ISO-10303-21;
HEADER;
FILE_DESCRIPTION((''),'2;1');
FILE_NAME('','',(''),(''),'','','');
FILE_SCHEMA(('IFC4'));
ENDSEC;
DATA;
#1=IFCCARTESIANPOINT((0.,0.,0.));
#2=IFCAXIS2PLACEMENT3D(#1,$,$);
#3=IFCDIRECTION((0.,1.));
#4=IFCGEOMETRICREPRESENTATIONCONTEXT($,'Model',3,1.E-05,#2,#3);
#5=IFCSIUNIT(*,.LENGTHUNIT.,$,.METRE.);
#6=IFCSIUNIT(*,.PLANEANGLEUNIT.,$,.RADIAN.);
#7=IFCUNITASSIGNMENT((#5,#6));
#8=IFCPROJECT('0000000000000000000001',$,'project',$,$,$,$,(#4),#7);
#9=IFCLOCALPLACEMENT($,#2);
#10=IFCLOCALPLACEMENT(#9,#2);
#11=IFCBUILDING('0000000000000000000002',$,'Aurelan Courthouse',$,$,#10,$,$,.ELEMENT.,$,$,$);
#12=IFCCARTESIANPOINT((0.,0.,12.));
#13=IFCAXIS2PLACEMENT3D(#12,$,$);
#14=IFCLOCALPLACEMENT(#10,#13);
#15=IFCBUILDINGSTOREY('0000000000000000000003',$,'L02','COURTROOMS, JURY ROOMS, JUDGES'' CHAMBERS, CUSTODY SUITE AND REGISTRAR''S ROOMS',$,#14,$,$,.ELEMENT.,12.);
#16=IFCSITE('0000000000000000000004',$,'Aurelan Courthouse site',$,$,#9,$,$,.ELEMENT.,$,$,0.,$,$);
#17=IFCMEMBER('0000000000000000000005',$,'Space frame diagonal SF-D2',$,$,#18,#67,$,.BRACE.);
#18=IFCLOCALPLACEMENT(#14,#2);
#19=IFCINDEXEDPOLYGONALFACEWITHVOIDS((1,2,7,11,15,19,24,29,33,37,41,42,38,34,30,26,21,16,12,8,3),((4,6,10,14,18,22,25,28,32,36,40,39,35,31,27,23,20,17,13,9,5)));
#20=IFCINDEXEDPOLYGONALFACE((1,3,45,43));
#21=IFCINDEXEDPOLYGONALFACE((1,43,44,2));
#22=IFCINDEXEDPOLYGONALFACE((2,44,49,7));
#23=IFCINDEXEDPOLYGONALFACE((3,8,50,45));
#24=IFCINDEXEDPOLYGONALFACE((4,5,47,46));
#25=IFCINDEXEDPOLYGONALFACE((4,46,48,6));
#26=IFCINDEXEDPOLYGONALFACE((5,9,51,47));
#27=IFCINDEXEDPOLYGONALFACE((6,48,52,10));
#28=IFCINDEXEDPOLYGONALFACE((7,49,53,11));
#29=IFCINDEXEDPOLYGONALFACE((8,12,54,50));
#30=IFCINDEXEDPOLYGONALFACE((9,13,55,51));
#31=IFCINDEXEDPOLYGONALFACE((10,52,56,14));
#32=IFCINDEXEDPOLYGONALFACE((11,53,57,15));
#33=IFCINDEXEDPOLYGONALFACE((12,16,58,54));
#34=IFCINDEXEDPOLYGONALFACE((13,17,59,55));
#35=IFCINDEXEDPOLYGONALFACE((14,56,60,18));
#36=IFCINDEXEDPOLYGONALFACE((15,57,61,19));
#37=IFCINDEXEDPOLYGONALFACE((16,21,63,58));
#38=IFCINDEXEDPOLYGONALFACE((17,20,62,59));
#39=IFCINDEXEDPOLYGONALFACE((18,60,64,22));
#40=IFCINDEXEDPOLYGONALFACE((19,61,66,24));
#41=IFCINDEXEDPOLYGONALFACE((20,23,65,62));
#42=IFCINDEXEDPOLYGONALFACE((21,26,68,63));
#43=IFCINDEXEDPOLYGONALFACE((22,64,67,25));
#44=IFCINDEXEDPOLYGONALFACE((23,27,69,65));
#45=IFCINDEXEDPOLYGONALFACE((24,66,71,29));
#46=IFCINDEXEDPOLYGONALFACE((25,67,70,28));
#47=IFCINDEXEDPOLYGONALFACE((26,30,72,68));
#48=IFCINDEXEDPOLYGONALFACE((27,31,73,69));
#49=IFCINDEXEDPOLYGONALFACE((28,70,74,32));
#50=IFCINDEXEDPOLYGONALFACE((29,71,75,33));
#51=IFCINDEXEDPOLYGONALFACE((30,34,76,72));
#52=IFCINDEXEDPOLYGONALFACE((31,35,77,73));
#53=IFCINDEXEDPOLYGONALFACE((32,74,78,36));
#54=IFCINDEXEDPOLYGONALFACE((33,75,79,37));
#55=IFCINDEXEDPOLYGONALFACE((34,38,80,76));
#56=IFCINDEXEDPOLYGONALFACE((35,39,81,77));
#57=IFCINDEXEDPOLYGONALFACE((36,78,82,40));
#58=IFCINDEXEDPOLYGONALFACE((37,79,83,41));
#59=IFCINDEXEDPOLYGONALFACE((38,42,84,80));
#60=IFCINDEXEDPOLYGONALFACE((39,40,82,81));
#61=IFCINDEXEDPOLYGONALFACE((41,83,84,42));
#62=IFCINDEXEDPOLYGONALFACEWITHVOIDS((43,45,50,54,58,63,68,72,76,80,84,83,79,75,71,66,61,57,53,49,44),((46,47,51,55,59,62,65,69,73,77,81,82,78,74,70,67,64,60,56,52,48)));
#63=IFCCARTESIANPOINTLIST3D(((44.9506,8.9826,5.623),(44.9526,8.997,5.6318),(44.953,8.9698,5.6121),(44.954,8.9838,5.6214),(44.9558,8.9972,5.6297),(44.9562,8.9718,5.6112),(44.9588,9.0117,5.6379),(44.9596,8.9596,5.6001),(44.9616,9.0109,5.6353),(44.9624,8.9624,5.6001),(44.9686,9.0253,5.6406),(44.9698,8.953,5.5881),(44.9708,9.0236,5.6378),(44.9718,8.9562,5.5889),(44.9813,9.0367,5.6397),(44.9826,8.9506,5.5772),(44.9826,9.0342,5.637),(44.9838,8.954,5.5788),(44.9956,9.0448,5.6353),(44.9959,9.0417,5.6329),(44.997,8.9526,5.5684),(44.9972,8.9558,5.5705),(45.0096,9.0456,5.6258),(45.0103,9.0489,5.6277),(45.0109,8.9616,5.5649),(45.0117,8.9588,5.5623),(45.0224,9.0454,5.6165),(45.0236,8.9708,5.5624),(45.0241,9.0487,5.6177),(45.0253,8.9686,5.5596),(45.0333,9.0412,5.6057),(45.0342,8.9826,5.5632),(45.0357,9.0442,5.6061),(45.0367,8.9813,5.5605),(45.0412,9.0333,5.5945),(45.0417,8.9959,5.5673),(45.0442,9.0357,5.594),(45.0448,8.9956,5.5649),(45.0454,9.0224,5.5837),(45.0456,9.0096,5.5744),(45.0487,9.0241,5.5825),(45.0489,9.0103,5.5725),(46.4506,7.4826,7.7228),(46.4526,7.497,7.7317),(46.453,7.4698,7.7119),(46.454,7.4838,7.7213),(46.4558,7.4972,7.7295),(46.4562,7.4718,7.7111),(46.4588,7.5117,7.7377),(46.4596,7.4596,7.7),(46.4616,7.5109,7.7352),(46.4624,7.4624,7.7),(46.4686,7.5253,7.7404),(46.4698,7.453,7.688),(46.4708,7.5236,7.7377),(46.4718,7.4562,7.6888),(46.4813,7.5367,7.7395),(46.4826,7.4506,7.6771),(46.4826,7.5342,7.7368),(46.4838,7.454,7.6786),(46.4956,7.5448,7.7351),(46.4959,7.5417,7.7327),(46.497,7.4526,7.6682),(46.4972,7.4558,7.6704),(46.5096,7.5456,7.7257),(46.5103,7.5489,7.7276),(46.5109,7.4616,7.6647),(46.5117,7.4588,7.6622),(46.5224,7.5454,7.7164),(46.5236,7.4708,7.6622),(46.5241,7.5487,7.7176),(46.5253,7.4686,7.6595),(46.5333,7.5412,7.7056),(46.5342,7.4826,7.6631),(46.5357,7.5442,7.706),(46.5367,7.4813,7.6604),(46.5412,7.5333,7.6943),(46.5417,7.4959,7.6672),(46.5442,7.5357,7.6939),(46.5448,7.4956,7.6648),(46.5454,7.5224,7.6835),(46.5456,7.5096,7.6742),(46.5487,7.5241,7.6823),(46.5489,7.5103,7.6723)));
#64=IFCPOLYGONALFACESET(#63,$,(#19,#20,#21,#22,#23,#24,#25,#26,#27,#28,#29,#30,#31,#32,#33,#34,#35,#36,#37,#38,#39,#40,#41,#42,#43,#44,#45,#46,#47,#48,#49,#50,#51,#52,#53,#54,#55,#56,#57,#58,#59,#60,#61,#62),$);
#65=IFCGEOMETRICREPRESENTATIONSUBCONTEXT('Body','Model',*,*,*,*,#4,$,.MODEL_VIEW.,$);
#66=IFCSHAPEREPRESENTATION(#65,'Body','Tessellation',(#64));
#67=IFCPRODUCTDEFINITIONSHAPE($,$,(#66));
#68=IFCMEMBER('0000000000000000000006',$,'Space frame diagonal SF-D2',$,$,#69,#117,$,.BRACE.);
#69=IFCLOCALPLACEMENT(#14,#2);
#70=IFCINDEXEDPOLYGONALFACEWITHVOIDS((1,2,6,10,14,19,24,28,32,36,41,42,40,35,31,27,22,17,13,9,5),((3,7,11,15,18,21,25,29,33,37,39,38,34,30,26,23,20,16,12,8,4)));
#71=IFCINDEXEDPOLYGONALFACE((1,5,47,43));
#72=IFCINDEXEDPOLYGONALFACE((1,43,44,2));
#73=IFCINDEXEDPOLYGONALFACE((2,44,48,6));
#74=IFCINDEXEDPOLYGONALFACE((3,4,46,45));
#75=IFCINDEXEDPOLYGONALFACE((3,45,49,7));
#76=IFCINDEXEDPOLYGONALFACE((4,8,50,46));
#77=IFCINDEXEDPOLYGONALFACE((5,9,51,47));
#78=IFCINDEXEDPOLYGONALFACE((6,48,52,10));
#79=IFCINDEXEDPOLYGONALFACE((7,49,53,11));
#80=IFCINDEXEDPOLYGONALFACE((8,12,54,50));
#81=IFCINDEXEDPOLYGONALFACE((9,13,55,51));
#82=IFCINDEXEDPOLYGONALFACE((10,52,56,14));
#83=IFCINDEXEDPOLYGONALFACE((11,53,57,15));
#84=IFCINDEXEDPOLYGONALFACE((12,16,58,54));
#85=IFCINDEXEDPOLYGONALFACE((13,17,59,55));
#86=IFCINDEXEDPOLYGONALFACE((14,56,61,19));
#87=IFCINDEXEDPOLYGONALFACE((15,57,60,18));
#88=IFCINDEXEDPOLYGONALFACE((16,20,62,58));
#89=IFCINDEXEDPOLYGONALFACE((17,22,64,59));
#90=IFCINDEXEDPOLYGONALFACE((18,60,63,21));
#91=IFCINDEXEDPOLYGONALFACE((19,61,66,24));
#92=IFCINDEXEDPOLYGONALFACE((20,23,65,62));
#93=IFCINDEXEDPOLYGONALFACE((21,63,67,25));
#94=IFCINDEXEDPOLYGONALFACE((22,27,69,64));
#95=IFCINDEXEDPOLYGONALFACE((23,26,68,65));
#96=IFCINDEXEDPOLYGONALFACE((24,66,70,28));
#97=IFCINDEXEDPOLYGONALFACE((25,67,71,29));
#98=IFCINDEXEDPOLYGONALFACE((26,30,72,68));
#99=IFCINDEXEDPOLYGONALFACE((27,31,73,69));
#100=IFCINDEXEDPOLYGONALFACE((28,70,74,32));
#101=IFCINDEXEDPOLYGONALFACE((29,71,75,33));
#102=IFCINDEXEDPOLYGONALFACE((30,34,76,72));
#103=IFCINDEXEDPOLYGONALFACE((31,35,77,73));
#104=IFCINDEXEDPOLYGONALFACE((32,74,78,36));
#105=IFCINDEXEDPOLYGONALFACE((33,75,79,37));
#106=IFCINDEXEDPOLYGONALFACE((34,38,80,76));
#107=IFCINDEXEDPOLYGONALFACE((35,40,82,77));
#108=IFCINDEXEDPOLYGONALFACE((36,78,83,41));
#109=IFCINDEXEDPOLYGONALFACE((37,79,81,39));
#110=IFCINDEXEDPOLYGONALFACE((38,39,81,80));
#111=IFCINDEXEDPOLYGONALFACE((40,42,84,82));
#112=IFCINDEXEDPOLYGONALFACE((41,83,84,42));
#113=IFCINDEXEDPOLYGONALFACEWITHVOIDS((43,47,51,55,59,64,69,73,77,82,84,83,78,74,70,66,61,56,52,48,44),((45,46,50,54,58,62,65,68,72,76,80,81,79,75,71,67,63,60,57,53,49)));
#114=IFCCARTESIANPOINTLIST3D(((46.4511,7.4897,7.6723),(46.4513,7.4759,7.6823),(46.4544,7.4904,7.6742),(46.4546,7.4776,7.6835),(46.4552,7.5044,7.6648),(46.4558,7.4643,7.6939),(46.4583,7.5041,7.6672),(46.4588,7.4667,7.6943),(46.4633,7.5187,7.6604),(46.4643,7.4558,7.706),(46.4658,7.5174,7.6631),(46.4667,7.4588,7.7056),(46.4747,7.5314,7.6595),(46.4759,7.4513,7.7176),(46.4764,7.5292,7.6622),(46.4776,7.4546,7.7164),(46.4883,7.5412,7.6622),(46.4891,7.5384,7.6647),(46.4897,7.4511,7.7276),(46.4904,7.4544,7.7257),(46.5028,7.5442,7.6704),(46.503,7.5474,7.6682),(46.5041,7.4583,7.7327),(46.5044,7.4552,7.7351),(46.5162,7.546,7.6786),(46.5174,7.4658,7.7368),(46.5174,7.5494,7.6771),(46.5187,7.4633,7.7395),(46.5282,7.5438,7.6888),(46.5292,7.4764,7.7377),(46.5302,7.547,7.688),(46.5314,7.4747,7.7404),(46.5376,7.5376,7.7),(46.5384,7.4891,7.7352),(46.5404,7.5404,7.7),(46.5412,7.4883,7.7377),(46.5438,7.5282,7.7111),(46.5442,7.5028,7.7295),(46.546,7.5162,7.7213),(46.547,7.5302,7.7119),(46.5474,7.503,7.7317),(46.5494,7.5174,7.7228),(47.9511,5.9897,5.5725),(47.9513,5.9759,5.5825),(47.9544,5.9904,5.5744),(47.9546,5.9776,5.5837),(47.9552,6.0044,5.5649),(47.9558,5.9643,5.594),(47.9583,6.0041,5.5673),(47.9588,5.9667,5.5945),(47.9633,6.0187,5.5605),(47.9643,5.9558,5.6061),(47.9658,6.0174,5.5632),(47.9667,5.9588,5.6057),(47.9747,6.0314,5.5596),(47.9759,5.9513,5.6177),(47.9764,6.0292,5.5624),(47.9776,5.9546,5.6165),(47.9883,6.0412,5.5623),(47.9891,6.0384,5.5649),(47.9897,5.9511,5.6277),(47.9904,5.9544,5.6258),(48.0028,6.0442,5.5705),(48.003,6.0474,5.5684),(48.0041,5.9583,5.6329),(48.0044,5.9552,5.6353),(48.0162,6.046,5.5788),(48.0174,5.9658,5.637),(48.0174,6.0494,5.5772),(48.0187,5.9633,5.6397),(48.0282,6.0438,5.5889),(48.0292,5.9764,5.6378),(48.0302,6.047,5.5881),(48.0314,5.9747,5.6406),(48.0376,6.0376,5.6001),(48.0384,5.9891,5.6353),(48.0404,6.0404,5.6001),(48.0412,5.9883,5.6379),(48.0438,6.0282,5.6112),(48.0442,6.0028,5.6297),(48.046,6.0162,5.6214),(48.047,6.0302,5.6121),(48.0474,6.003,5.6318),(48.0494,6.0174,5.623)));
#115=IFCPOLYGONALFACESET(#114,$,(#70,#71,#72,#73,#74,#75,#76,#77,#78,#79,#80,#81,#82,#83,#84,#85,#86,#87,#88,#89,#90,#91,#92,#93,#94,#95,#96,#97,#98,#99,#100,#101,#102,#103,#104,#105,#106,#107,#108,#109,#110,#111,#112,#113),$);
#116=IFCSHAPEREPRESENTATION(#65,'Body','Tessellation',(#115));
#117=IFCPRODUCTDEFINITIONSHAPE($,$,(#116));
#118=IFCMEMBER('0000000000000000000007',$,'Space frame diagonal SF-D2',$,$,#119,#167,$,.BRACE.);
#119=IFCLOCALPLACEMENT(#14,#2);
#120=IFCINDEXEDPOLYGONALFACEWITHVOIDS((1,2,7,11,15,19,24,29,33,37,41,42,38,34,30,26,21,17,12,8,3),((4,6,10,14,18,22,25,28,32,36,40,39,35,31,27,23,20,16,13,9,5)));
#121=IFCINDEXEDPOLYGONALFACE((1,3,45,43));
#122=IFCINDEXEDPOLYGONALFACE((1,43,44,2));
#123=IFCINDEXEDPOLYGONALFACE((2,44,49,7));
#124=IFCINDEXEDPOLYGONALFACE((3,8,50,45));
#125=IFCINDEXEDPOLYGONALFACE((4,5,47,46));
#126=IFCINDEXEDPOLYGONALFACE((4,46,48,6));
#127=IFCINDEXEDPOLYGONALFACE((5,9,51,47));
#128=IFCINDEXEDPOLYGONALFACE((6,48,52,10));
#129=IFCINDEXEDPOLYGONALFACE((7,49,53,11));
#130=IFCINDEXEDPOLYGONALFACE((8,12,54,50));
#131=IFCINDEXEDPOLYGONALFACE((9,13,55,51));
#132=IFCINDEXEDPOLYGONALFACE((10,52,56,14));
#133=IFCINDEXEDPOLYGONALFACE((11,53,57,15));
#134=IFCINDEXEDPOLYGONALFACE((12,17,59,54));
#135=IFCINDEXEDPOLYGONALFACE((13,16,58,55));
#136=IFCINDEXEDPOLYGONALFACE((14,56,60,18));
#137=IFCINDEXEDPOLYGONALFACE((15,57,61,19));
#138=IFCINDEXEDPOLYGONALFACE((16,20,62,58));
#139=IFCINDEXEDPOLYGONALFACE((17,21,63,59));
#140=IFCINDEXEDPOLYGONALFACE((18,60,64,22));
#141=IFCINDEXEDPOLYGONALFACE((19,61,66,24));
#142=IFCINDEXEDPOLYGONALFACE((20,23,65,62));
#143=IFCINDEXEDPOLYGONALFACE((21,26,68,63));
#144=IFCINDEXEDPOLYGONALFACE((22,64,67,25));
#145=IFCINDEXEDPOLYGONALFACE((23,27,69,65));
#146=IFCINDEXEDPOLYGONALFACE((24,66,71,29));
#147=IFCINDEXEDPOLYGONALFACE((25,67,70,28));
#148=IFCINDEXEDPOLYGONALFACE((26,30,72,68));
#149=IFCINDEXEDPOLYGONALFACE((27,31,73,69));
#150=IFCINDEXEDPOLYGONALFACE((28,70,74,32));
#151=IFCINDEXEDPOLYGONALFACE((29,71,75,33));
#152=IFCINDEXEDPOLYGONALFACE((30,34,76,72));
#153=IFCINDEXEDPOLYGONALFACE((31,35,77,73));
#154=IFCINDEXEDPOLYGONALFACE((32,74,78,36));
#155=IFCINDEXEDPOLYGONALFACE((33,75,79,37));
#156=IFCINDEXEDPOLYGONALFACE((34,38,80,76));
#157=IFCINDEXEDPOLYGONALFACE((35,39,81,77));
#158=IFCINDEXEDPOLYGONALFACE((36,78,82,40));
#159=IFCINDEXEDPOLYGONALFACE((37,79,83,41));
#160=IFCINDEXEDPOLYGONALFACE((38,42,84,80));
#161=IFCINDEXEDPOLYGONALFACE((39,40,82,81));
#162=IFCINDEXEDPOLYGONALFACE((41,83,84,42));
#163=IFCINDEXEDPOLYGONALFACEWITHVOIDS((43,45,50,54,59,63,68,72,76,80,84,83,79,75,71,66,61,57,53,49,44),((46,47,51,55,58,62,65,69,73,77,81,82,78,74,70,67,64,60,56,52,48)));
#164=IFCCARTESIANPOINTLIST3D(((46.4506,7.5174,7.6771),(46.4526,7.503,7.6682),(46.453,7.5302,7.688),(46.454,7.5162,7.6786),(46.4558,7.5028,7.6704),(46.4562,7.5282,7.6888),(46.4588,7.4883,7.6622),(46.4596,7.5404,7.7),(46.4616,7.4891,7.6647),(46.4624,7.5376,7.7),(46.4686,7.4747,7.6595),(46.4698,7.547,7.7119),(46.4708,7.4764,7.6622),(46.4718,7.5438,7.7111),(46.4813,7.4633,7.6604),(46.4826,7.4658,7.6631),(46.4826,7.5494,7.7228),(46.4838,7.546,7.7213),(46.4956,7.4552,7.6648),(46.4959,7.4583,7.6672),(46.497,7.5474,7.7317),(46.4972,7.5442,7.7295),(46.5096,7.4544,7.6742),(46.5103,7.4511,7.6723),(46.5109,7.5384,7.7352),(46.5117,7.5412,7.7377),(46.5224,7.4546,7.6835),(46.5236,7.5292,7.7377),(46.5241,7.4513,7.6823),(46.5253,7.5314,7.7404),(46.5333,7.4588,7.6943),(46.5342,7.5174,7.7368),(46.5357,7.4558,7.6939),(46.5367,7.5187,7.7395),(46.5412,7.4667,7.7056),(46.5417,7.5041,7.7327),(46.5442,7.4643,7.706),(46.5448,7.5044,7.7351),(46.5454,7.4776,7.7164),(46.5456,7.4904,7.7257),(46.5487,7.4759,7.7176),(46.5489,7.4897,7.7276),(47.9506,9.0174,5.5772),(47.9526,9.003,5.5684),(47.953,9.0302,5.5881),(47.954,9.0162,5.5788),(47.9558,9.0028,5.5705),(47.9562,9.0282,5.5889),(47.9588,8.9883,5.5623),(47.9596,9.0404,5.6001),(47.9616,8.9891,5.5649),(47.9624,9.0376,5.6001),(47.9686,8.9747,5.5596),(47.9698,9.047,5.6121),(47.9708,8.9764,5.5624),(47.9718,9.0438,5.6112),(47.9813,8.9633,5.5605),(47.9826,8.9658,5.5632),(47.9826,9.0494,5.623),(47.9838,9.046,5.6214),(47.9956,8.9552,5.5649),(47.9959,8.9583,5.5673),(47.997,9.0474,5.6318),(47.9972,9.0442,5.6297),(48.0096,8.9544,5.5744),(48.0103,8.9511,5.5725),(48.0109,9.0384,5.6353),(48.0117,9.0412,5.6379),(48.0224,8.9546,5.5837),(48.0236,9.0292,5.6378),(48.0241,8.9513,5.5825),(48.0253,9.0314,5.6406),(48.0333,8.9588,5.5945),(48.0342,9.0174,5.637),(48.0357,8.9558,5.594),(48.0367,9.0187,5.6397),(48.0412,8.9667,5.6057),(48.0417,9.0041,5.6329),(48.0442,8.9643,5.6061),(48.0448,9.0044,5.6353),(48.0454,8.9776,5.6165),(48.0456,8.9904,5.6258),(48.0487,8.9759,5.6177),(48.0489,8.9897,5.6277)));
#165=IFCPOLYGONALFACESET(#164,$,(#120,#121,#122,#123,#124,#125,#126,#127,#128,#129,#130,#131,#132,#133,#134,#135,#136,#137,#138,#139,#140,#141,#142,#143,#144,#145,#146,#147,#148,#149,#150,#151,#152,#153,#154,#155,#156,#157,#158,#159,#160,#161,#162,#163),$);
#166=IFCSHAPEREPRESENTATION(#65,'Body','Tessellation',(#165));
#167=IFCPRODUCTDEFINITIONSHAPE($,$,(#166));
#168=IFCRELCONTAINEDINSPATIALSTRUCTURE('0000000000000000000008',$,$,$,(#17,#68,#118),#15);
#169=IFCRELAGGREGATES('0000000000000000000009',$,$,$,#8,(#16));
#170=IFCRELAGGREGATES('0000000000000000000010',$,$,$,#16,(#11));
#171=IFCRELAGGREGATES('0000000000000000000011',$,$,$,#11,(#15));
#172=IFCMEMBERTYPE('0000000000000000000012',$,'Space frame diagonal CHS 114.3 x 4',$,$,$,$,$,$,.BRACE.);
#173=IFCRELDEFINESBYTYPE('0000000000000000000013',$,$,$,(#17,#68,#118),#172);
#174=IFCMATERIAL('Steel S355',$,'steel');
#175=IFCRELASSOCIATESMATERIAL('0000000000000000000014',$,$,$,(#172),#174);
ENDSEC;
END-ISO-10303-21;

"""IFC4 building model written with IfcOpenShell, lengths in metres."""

from ifc_helpers import new_model, si_unit, direction, frame, origin, origin_2d, place, context, subcontext, project, spatial, hollow_circle, extrude, material, material_profile, profile_set, type_object, element, save


model = new_model("IFC4")

# Units and contexts
model_context = context("Model", 3, precision=1e-05, world=origin(), true_north=direction((0.0, 1.0)))
body_context = subcontext(model_context, "Body", "Model", "MODEL_VIEW")
ifc_project = project(units=[si_unit("LENGTHUNIT", "METRE"), si_unit("PLANEANGLEUNIT", "RADIAN")], contexts=[model_context])

# Site, building, storey
site_placement = place(None, origin())
site = spatial("IfcSite", under=ifc_project, at=site_placement, Name="Aurelan Courthouse site", CompositionType="ELEMENT", RefElevation=0.0)
building_placement = place(site_placement, origin())
building = spatial("IfcBuilding", under=site, at=building_placement, Name="Aurelan Courthouse", CompositionType="ELEMENT")
storey_placement = place(building_placement, frame((0.0, 0.0, 12.0)))
storey = spatial("IfcBuildingStorey", under=building, at=storey_placement, Name="L02", Description="COURTROOMS, JURY ROOMS, JUDGES' CHAMBERS, CUSTODY SUITE AND REGISTRAR'S ROOMS", CompositionType="ELEMENT", Elevation=12.0)

# Members
ifc_material_1 = material(Name="Steel S355", Category="steel")
ifc_material_profile_1 = material_profile(ifc_material_1, hollow_circle(Radius=0.0571, WallThickness=0.0039, at=origin_2d()), Name="CHS 114.3 x 4")
ifc_profile_set_1 = profile_set([ifc_material_profile_1], Name="Steel S355")
member_type_1 = type_object("IfcMemberType", Name="Space frame diagonal CHS 114.3 x 4", PredefinedType="BRACE", material=ifc_profile_set_1)
for number, where, z_axis, x_axis, name in (
    (1, (46.5, 7.5, 7.7), (-0.502536, 0.502536, -0.703502), (-0.707107, -0.707107, 0.0), "Space frame diagonal SF-D2"),
    (2, (46.5, 7.5, 7.7), (0.502536, -0.502536, -0.703502), (0.707107, 0.707107, 0.0), "Space frame diagonal SF-D2"),
    (3, (46.5, 7.5, 7.7), (0.502536, 0.502536, -0.703502), (-0.707107, 0.707107, 0.0), "Space frame diagonal SF-D2"),
):
    element("IfcMember", number, at=place(storey_placement, frame(where, z_axis=z_axis, x_axis=x_axis)), inside=storey, type_object=member_type_1, Name=name, PredefinedType="BRACE", context=body_context, shape_type="SweptSolid", body=[
        extrude(hollow_circle(Radius=0.0571, WallThickness=0.0039, at=origin_2d()), origin(), (0.0, 0.0, 1.0), 2.9849),
    ])

save(model, "model.ifc")
